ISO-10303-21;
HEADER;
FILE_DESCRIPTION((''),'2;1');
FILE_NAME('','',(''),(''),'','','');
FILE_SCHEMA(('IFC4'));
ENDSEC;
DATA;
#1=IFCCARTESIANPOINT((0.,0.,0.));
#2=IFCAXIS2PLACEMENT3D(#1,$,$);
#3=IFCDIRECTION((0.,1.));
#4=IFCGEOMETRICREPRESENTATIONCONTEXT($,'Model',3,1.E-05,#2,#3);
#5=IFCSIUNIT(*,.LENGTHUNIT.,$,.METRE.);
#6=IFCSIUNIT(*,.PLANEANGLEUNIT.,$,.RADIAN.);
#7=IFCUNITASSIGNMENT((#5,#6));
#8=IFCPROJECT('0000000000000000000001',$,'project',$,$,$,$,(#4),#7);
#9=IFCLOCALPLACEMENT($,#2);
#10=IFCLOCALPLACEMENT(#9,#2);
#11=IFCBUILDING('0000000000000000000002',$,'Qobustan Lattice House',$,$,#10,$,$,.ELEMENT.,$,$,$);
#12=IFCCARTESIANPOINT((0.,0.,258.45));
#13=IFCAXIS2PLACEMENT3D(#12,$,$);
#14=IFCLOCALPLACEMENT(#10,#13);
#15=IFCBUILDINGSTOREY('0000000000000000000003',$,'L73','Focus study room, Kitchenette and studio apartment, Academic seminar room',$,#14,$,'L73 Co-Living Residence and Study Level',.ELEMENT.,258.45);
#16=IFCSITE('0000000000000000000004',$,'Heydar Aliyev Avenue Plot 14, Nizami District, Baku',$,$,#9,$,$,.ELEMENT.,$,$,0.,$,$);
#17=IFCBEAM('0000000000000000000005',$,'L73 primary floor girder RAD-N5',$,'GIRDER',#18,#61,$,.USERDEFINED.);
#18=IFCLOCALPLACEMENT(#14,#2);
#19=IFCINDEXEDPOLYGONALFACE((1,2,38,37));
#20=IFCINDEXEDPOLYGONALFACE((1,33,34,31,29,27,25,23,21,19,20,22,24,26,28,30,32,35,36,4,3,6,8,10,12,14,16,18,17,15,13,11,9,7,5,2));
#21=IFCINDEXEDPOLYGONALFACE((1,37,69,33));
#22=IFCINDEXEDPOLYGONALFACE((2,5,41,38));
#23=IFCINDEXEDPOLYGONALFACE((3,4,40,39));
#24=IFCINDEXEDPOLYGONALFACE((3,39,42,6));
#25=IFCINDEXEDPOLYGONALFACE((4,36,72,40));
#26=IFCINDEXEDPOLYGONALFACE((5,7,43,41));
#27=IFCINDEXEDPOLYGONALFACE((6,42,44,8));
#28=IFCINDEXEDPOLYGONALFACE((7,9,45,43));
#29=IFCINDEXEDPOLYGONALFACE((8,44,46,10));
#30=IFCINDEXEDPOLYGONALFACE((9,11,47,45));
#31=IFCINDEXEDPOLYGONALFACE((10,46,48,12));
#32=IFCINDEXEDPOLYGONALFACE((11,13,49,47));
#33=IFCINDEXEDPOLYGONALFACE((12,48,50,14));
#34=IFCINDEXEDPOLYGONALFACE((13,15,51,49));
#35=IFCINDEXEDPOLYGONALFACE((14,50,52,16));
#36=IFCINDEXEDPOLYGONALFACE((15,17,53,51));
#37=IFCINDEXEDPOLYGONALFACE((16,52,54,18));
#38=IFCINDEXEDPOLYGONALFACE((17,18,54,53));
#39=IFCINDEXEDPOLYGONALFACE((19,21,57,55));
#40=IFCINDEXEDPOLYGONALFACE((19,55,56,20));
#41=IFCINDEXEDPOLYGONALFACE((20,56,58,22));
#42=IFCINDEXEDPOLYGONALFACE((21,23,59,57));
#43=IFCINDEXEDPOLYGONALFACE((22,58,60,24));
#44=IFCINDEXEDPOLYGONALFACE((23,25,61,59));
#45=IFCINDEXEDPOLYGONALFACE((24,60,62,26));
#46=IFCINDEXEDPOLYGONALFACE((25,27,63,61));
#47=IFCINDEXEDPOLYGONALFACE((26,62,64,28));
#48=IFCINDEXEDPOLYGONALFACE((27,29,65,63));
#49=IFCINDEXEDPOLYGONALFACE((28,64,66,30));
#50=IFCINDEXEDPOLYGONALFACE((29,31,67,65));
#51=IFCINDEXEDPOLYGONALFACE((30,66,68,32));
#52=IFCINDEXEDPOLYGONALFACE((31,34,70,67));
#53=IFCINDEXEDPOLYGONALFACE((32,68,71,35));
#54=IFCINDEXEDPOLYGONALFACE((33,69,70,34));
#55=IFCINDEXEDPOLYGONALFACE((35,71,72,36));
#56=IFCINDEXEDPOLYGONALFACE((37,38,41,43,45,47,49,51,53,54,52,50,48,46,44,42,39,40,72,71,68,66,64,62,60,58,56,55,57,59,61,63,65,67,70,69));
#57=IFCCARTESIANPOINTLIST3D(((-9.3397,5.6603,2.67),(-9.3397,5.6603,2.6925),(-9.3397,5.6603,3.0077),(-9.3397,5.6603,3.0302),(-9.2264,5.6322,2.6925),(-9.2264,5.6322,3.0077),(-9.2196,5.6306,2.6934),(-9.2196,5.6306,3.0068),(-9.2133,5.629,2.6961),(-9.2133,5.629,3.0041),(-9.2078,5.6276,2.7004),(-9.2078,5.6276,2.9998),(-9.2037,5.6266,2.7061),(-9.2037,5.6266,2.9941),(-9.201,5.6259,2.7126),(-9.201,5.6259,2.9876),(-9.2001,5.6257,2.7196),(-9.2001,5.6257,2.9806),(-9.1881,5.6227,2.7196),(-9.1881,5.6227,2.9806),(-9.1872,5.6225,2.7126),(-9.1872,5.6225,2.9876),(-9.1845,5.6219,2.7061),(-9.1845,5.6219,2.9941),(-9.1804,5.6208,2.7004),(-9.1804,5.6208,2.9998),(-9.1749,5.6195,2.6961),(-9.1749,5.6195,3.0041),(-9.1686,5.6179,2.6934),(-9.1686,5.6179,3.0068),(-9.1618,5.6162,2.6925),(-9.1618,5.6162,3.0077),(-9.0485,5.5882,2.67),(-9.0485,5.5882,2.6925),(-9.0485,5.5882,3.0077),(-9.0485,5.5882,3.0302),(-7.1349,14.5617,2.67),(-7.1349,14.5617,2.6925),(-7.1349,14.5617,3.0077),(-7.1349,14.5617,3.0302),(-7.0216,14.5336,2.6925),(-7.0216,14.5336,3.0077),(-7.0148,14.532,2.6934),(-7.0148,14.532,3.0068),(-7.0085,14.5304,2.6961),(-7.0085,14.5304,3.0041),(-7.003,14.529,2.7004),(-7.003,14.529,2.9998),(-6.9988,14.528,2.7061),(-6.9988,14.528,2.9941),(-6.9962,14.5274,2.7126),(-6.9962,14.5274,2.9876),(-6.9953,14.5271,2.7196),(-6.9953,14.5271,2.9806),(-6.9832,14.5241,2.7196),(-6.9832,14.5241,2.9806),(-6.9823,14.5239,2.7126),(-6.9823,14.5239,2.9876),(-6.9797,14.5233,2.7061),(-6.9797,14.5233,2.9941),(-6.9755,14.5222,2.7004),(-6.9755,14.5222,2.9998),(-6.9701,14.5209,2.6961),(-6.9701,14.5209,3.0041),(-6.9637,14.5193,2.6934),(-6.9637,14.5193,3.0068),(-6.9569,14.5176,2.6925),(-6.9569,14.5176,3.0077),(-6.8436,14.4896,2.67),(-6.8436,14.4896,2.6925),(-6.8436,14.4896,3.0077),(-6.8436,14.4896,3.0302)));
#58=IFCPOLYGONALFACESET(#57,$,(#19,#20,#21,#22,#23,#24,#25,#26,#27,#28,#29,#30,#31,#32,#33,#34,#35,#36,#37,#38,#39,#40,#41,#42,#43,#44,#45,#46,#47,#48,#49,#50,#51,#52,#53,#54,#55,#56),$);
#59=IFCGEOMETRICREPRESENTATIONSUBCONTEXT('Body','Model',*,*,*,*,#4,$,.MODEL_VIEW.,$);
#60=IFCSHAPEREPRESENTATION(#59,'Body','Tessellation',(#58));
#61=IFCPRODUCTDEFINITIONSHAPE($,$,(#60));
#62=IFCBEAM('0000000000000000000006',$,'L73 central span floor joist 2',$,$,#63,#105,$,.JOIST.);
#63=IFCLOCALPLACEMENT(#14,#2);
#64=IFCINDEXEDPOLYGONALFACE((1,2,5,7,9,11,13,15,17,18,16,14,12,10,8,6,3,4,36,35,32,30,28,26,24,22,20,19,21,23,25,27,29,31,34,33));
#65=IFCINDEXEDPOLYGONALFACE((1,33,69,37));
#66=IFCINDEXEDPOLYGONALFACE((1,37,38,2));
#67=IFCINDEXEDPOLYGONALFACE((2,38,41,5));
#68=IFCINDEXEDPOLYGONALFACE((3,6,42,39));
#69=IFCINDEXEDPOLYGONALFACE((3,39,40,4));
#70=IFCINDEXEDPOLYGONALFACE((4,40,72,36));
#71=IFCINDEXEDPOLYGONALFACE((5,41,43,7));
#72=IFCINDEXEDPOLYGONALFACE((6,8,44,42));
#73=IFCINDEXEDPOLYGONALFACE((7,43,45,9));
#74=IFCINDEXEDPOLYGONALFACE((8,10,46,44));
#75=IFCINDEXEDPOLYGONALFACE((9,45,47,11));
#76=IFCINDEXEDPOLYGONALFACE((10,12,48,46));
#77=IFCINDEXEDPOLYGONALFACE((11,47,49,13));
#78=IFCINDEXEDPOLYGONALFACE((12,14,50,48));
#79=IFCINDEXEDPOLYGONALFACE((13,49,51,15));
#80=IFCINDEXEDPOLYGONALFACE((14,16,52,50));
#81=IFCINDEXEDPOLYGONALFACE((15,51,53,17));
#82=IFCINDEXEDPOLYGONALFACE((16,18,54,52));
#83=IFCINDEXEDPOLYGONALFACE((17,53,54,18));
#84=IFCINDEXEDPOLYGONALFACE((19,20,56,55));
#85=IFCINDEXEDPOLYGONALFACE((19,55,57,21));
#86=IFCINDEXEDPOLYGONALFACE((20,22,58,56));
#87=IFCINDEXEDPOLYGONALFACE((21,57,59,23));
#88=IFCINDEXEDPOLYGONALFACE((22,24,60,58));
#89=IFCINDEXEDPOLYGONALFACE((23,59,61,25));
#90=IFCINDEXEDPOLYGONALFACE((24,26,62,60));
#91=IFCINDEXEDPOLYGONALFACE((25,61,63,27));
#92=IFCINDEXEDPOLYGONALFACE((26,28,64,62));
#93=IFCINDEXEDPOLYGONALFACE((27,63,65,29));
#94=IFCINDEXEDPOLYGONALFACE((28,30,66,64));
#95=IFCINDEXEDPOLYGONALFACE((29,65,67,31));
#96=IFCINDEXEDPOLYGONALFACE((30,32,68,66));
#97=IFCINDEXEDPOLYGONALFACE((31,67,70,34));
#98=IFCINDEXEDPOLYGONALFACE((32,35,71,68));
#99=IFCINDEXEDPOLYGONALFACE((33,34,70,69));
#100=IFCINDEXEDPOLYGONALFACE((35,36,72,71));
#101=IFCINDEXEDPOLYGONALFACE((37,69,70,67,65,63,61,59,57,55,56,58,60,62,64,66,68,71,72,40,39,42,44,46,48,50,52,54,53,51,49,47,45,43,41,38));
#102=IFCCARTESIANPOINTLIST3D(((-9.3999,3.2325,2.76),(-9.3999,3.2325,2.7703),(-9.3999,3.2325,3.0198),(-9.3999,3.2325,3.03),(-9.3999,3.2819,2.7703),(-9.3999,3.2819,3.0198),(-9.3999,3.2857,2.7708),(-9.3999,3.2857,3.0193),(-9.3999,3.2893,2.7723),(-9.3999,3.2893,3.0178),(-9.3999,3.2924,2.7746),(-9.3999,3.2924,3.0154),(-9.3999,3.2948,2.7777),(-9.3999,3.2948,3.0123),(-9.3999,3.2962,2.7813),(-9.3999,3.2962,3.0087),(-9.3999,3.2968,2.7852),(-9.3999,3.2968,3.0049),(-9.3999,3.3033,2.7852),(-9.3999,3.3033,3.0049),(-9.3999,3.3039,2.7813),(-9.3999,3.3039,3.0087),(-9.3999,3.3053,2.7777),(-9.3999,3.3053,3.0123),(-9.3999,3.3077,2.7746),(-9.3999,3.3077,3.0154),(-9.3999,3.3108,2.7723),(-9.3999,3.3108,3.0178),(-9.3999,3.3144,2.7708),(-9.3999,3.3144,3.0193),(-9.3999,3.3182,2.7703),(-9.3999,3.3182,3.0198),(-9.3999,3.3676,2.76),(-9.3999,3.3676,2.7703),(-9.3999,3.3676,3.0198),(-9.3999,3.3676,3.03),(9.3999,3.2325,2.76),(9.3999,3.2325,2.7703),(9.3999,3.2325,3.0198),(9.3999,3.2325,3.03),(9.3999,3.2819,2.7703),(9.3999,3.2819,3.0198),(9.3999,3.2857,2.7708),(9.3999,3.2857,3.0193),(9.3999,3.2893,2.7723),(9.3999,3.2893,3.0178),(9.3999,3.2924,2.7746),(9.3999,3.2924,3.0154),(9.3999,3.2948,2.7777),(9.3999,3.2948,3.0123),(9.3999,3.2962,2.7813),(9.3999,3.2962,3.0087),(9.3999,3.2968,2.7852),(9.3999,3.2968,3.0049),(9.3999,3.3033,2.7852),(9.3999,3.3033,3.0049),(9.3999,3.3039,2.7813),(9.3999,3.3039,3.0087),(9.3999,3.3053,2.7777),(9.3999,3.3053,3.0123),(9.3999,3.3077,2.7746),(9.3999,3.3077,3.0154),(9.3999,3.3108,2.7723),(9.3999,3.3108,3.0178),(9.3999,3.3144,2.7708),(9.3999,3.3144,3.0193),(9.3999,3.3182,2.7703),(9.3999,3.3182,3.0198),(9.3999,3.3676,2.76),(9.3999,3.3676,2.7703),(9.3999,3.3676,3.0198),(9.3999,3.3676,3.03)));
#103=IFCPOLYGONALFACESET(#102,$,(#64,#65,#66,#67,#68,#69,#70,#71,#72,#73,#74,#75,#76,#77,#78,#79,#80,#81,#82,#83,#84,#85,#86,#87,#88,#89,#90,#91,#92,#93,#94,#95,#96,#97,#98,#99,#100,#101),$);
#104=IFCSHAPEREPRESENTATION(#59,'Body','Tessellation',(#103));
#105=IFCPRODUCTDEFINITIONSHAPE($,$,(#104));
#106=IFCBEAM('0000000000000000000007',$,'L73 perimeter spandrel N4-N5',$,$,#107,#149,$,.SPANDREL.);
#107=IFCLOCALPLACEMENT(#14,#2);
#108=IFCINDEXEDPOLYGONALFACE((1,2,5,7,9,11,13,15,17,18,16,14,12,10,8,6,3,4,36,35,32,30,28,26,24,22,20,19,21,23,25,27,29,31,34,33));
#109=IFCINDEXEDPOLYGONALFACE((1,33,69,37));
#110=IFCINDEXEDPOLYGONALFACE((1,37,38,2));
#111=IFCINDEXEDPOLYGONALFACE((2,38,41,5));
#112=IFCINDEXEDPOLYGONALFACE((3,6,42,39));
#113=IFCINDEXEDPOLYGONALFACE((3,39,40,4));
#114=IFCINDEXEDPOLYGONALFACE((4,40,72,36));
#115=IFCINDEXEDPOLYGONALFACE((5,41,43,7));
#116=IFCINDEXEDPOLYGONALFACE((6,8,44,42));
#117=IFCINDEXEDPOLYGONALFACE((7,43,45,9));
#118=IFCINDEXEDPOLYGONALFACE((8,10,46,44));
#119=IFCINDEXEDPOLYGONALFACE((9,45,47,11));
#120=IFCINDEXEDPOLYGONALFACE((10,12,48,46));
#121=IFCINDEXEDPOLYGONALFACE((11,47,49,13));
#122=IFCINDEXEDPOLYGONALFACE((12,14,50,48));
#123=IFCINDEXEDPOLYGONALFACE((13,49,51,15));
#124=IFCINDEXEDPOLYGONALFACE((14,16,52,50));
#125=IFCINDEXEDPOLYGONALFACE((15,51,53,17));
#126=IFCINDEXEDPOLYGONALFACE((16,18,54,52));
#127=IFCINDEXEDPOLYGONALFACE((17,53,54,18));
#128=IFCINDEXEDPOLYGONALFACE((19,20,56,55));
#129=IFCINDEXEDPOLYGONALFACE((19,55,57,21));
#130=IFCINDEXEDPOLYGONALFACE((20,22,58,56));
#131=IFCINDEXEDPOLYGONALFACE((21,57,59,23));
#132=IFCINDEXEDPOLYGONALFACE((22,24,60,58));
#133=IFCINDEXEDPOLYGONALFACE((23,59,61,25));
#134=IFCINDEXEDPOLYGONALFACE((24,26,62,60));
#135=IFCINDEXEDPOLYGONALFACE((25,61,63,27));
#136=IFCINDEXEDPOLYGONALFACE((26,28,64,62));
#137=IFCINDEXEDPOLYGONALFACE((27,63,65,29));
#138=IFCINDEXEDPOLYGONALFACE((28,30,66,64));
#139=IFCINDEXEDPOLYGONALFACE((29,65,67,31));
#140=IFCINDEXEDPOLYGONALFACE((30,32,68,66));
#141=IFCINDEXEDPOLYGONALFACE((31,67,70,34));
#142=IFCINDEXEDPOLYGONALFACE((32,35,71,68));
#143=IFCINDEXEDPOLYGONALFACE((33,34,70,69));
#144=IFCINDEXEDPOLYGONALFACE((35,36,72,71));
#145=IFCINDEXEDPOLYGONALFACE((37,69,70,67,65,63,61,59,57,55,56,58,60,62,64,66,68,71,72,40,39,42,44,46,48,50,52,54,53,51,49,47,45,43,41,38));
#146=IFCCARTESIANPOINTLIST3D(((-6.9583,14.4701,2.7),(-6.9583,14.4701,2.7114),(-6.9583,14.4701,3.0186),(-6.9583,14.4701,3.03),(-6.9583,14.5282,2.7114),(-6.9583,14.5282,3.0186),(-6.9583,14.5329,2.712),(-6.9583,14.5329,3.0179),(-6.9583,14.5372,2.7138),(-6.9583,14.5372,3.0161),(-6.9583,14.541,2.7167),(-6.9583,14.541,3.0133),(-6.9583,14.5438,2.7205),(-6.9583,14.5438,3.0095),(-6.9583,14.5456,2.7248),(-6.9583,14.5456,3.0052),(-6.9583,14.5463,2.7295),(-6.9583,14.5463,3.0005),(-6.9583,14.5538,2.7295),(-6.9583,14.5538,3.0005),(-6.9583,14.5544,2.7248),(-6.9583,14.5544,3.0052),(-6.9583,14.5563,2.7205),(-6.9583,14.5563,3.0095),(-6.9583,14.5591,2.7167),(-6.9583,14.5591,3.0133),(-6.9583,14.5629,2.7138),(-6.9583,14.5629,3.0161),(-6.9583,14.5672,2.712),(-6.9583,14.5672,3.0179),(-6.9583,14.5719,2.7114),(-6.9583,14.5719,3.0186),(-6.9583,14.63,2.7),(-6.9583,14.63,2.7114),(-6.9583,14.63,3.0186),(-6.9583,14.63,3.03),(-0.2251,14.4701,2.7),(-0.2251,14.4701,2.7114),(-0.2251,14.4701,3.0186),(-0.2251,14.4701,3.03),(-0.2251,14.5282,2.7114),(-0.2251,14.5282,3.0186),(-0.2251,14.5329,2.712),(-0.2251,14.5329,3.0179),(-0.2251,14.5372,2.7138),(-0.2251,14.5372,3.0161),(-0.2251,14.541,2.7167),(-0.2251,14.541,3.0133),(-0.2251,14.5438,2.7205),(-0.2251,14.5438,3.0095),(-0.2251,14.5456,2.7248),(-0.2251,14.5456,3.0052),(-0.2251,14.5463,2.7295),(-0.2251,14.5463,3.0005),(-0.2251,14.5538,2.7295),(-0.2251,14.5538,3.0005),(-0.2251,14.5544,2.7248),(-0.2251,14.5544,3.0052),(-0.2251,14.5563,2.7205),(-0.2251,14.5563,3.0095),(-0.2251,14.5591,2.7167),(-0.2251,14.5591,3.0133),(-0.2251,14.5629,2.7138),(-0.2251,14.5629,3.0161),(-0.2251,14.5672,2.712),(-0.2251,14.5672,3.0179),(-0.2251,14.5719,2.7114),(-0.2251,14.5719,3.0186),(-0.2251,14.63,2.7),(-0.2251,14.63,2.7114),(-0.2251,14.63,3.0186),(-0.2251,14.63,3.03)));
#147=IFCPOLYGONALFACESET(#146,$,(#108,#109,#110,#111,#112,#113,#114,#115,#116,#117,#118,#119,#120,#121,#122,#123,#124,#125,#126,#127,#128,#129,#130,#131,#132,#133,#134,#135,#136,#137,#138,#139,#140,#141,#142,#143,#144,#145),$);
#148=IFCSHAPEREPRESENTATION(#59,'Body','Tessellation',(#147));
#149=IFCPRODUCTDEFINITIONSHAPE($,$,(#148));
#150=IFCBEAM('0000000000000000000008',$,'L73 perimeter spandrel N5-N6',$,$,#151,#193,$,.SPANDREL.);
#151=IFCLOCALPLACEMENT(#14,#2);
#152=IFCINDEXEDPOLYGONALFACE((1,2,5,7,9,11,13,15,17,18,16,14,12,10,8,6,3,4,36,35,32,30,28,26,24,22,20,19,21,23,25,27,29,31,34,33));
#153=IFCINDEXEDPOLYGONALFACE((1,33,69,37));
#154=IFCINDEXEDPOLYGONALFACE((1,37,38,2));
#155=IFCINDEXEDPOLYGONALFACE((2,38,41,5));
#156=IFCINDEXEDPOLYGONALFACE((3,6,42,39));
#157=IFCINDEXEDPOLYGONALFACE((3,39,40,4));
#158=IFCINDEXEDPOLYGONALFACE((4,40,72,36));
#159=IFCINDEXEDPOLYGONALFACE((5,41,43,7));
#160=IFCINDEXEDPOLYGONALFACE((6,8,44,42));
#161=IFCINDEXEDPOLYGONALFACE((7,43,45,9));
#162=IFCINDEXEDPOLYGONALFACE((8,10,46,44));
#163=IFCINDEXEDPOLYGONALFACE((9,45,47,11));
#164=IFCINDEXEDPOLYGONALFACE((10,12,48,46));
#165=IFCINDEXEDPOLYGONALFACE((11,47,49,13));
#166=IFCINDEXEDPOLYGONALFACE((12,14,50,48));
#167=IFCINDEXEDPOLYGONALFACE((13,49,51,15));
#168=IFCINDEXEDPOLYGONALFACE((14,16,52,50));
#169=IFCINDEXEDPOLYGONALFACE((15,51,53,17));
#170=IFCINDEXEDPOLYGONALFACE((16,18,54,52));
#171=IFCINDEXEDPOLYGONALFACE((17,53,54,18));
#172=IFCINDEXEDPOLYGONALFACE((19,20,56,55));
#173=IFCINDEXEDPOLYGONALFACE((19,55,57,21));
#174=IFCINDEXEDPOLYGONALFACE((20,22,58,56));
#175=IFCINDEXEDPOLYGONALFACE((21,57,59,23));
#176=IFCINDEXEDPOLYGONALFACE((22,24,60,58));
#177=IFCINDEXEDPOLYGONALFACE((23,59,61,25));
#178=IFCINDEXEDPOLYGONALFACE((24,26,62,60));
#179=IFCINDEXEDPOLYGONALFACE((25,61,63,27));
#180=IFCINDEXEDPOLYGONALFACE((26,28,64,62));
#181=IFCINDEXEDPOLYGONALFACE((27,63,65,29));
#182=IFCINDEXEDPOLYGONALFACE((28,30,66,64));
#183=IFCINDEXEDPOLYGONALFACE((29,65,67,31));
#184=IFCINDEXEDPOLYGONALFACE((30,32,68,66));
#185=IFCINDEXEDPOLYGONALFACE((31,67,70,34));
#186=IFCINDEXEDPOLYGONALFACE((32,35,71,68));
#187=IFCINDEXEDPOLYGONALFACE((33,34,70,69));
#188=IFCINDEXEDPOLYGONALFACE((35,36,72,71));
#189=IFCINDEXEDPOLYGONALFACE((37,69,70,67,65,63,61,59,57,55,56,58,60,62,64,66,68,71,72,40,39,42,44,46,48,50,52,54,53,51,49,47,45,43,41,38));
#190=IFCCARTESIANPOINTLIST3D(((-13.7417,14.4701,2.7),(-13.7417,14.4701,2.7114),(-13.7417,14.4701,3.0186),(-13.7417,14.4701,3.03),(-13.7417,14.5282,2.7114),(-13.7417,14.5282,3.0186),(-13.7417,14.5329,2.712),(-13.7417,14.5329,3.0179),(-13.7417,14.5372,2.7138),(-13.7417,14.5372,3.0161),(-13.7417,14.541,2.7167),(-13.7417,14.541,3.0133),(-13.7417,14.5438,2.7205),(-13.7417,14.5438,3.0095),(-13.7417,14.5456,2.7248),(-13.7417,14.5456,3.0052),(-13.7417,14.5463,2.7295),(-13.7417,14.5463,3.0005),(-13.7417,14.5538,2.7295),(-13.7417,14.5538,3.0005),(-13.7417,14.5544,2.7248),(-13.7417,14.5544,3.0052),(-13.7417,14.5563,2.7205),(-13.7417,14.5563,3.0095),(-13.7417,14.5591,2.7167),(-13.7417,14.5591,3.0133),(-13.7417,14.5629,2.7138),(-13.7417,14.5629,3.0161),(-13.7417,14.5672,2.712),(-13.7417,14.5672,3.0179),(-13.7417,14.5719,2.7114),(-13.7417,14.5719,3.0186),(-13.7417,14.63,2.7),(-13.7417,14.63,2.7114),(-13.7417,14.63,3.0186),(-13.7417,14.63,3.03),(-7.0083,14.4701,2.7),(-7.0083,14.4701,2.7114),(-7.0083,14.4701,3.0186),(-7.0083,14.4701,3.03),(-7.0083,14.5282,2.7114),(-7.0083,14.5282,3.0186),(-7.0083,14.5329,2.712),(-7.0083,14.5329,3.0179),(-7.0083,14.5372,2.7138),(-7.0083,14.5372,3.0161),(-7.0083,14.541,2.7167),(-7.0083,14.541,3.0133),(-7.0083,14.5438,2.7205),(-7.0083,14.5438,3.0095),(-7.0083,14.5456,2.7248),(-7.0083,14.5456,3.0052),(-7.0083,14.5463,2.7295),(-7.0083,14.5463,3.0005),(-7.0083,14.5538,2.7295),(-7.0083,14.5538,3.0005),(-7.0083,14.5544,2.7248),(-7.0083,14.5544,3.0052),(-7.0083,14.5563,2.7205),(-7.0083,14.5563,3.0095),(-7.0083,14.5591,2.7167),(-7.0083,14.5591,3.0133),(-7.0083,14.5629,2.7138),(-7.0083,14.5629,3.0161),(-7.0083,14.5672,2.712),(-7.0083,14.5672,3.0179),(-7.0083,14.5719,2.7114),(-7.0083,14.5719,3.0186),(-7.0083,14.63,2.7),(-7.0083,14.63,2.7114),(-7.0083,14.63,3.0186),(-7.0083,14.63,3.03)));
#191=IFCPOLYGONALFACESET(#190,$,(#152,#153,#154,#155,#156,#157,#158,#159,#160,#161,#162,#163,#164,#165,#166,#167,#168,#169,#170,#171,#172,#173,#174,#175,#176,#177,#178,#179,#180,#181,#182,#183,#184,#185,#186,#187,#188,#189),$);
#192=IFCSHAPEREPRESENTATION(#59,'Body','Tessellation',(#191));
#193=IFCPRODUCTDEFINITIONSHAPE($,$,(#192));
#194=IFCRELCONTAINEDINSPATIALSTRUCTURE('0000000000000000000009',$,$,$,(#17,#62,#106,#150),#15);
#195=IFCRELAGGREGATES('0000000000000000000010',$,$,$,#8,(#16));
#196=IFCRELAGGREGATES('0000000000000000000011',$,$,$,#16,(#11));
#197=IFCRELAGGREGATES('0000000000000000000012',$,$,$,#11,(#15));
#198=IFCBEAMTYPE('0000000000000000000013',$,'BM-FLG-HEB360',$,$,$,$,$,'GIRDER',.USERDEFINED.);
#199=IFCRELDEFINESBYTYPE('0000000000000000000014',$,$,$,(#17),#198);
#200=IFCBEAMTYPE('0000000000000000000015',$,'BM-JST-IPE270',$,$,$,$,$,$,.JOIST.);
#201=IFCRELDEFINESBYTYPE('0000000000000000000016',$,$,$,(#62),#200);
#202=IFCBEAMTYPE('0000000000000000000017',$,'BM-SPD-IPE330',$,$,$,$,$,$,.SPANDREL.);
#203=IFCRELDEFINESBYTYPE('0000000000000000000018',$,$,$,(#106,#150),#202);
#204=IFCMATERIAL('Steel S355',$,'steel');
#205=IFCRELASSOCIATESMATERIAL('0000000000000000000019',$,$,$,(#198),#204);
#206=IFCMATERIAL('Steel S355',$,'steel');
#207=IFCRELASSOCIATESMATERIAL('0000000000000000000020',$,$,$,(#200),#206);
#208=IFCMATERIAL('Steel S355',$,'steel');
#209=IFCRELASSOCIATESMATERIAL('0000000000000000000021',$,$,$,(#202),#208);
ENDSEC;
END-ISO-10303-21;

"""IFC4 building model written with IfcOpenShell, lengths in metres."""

from ifc_helpers import new_model, si_unit, direction, frame, origin, origin_2d, place, context, subcontext, project, spatial, i_section, extrude, material, material_profile, profile_set, type_object, element, save


model = new_model("IFC4")

# Units and contexts
model_context = context("Model", 3, precision=1e-05, world=origin(), true_north=direction((0.0, 1.0)))
body_context = subcontext(model_context, "Body", "Model", "MODEL_VIEW")
ifc_project = project(units=[si_unit("LENGTHUNIT", "METRE"), si_unit("PLANEANGLEUNIT", "RADIAN")], contexts=[model_context])

# Site, building, storey
site_placement = place(None, origin())
site = spatial("IfcSite", under=ifc_project, at=site_placement, Name="Heydar Aliyev Avenue Plot 14, Nizami District, Baku", CompositionType="ELEMENT", RefElevation=0.0)
building_placement = place(site_placement, origin())
building = spatial("IfcBuilding", under=site, at=building_placement, Name="Qobustan Lattice House", CompositionType="ELEMENT")
storey_placement = place(building_placement, frame((0.0, 0.0, 258.45)))
storey = spatial("IfcBuildingStorey", under=building, at=storey_placement, Name="L73", Description="Focus study room, Kitchenette and studio apartment, Academic seminar room", LongName="L73 Co-Living Residence and Study Level", CompositionType="ELEMENT", Elevation=258.45)

# Beams
ifc_material_1 = material(Name="Steel S355", Category="steel")
ifc_material_profile_1 = material_profile(ifc_material_1, i_section(OverallWidth=0.3, OverallDepth=0.3601, WebThickness=0.0125, FlangeThickness=0.0225, FilletRadius=0.0271, at=origin_2d()), Name="HEB360")
ifc_profile_set_1 = profile_set([ifc_material_profile_1], Name="Steel S355")
beam_type_1 = type_object("IfcBeamType", Name="BM-FLG-HEB360", ElementType="GIRDER", PredefinedType="USERDEFINED", material=ifc_profile_set_1)
beam_1_placement = place(storey_placement, frame((-6.9893, 14.5256, 2.8501), z_axis=(-0.24043, -0.970666, 0.0), x_axis=(0.970666, -0.24043, 0.0)))
element("IfcBeam", 1, at=beam_1_placement, inside=storey, type_object=beam_type_1, Name="L73 primary floor girder RAD-N5", ObjectType="GIRDER", PredefinedType="USERDEFINED", context=body_context, shape_type="SweptSolid", body=[
    extrude(i_section(OverallWidth=0.3, OverallDepth=0.3601, WebThickness=0.0125, FlangeThickness=0.0225, FilletRadius=0.0271, at=origin_2d()), origin(), (0.0, 0.0, 1.0), 9.1704),
])
ifc_material_2 = material(Name="Steel S355", Category="steel")
ifc_material_profile_2 = material_profile(ifc_material_2, i_section(OverallWidth=0.135, OverallDepth=0.27, WebThickness=0.0066, FlangeThickness=0.0103, FilletRadius=0.0149, at=origin_2d()), Name="IPE270")
ifc_profile_set_2 = profile_set([ifc_material_profile_2], Name="Steel S355")
beam_type_2 = type_object("IfcBeamType", Name="BM-JST-IPE270", PredefinedType="JOIST", material=ifc_profile_set_2)
beam_2_placement = place(storey_placement, frame((-9.3999, 3.3, 2.895), z_axis=(1.0, 0.0, 0.0), x_axis=(0.0, 1.0, 0.0)))
element("IfcBeam", 2, at=beam_2_placement, inside=storey, type_object=beam_type_2, Name="L73 central span floor joist 2", PredefinedType="JOIST", context=body_context, shape_type="SweptSolid", body=[
    extrude(i_section(OverallWidth=0.135, OverallDepth=0.27, WebThickness=0.0066, FlangeThickness=0.0103, FilletRadius=0.0149, at=origin_2d()), origin(), (0.0, 0.0, 1.0), 18.7998),
])
ifc_material_3 = material(Name="Steel S355", Category="steel")
ifc_material_profile_3 = material_profile(ifc_material_3, i_section(OverallWidth=0.1599, OverallDepth=0.3301, WebThickness=0.0076, FlangeThickness=0.0115, FilletRadius=0.0181, at=origin_2d()), Name="IPE330")
ifc_profile_set_3 = profile_set([ifc_material_profile_3], Name="Steel S355")
beam_type_3 = type_object("IfcBeamType", Name="BM-SPD-IPE330", PredefinedType="SPANDREL", material=ifc_profile_set_3)
beam_3_placement = place(storey_placement, frame((-0.2251, 14.55, 2.865), z_axis=(-1.0, 0.0, 0.0), x_axis=(0.0, -1.0, 0.0)))
element("IfcBeam", 3, at=beam_3_placement, inside=storey, type_object=beam_type_3, Name="L73 perimeter spandrel N4-N5", PredefinedType="SPANDREL", context=body_context, shape_type="SweptSolid", body=[
    extrude(i_section(OverallWidth=0.1599, OverallDepth=0.3301, WebThickness=0.0076, FlangeThickness=0.0115, FilletRadius=0.0181, at=origin_2d()), origin(), (0.0, 0.0, 1.0), 6.7332),
])
beam_4_placement = place(storey_placement, frame((-7.0083, 14.55, 2.865), z_axis=(-1.0, 0.0, 0.0), x_axis=(0.0, -1.0, 0.0)))
element("IfcBeam", 4, at=beam_4_placement, inside=storey, type_object=beam_type_3, Name="L73 perimeter spandrel N5-N6", PredefinedType="SPANDREL", context=body_context, shape_type="SweptSolid", body=[
    extrude(i_section(OverallWidth=0.1599, OverallDepth=0.3301, WebThickness=0.0076, FlangeThickness=0.0115, FilletRadius=0.0181, at=origin_2d()), origin(), (0.0, 0.0, 1.0), 6.7334),
])

save(model, "model.ifc")
